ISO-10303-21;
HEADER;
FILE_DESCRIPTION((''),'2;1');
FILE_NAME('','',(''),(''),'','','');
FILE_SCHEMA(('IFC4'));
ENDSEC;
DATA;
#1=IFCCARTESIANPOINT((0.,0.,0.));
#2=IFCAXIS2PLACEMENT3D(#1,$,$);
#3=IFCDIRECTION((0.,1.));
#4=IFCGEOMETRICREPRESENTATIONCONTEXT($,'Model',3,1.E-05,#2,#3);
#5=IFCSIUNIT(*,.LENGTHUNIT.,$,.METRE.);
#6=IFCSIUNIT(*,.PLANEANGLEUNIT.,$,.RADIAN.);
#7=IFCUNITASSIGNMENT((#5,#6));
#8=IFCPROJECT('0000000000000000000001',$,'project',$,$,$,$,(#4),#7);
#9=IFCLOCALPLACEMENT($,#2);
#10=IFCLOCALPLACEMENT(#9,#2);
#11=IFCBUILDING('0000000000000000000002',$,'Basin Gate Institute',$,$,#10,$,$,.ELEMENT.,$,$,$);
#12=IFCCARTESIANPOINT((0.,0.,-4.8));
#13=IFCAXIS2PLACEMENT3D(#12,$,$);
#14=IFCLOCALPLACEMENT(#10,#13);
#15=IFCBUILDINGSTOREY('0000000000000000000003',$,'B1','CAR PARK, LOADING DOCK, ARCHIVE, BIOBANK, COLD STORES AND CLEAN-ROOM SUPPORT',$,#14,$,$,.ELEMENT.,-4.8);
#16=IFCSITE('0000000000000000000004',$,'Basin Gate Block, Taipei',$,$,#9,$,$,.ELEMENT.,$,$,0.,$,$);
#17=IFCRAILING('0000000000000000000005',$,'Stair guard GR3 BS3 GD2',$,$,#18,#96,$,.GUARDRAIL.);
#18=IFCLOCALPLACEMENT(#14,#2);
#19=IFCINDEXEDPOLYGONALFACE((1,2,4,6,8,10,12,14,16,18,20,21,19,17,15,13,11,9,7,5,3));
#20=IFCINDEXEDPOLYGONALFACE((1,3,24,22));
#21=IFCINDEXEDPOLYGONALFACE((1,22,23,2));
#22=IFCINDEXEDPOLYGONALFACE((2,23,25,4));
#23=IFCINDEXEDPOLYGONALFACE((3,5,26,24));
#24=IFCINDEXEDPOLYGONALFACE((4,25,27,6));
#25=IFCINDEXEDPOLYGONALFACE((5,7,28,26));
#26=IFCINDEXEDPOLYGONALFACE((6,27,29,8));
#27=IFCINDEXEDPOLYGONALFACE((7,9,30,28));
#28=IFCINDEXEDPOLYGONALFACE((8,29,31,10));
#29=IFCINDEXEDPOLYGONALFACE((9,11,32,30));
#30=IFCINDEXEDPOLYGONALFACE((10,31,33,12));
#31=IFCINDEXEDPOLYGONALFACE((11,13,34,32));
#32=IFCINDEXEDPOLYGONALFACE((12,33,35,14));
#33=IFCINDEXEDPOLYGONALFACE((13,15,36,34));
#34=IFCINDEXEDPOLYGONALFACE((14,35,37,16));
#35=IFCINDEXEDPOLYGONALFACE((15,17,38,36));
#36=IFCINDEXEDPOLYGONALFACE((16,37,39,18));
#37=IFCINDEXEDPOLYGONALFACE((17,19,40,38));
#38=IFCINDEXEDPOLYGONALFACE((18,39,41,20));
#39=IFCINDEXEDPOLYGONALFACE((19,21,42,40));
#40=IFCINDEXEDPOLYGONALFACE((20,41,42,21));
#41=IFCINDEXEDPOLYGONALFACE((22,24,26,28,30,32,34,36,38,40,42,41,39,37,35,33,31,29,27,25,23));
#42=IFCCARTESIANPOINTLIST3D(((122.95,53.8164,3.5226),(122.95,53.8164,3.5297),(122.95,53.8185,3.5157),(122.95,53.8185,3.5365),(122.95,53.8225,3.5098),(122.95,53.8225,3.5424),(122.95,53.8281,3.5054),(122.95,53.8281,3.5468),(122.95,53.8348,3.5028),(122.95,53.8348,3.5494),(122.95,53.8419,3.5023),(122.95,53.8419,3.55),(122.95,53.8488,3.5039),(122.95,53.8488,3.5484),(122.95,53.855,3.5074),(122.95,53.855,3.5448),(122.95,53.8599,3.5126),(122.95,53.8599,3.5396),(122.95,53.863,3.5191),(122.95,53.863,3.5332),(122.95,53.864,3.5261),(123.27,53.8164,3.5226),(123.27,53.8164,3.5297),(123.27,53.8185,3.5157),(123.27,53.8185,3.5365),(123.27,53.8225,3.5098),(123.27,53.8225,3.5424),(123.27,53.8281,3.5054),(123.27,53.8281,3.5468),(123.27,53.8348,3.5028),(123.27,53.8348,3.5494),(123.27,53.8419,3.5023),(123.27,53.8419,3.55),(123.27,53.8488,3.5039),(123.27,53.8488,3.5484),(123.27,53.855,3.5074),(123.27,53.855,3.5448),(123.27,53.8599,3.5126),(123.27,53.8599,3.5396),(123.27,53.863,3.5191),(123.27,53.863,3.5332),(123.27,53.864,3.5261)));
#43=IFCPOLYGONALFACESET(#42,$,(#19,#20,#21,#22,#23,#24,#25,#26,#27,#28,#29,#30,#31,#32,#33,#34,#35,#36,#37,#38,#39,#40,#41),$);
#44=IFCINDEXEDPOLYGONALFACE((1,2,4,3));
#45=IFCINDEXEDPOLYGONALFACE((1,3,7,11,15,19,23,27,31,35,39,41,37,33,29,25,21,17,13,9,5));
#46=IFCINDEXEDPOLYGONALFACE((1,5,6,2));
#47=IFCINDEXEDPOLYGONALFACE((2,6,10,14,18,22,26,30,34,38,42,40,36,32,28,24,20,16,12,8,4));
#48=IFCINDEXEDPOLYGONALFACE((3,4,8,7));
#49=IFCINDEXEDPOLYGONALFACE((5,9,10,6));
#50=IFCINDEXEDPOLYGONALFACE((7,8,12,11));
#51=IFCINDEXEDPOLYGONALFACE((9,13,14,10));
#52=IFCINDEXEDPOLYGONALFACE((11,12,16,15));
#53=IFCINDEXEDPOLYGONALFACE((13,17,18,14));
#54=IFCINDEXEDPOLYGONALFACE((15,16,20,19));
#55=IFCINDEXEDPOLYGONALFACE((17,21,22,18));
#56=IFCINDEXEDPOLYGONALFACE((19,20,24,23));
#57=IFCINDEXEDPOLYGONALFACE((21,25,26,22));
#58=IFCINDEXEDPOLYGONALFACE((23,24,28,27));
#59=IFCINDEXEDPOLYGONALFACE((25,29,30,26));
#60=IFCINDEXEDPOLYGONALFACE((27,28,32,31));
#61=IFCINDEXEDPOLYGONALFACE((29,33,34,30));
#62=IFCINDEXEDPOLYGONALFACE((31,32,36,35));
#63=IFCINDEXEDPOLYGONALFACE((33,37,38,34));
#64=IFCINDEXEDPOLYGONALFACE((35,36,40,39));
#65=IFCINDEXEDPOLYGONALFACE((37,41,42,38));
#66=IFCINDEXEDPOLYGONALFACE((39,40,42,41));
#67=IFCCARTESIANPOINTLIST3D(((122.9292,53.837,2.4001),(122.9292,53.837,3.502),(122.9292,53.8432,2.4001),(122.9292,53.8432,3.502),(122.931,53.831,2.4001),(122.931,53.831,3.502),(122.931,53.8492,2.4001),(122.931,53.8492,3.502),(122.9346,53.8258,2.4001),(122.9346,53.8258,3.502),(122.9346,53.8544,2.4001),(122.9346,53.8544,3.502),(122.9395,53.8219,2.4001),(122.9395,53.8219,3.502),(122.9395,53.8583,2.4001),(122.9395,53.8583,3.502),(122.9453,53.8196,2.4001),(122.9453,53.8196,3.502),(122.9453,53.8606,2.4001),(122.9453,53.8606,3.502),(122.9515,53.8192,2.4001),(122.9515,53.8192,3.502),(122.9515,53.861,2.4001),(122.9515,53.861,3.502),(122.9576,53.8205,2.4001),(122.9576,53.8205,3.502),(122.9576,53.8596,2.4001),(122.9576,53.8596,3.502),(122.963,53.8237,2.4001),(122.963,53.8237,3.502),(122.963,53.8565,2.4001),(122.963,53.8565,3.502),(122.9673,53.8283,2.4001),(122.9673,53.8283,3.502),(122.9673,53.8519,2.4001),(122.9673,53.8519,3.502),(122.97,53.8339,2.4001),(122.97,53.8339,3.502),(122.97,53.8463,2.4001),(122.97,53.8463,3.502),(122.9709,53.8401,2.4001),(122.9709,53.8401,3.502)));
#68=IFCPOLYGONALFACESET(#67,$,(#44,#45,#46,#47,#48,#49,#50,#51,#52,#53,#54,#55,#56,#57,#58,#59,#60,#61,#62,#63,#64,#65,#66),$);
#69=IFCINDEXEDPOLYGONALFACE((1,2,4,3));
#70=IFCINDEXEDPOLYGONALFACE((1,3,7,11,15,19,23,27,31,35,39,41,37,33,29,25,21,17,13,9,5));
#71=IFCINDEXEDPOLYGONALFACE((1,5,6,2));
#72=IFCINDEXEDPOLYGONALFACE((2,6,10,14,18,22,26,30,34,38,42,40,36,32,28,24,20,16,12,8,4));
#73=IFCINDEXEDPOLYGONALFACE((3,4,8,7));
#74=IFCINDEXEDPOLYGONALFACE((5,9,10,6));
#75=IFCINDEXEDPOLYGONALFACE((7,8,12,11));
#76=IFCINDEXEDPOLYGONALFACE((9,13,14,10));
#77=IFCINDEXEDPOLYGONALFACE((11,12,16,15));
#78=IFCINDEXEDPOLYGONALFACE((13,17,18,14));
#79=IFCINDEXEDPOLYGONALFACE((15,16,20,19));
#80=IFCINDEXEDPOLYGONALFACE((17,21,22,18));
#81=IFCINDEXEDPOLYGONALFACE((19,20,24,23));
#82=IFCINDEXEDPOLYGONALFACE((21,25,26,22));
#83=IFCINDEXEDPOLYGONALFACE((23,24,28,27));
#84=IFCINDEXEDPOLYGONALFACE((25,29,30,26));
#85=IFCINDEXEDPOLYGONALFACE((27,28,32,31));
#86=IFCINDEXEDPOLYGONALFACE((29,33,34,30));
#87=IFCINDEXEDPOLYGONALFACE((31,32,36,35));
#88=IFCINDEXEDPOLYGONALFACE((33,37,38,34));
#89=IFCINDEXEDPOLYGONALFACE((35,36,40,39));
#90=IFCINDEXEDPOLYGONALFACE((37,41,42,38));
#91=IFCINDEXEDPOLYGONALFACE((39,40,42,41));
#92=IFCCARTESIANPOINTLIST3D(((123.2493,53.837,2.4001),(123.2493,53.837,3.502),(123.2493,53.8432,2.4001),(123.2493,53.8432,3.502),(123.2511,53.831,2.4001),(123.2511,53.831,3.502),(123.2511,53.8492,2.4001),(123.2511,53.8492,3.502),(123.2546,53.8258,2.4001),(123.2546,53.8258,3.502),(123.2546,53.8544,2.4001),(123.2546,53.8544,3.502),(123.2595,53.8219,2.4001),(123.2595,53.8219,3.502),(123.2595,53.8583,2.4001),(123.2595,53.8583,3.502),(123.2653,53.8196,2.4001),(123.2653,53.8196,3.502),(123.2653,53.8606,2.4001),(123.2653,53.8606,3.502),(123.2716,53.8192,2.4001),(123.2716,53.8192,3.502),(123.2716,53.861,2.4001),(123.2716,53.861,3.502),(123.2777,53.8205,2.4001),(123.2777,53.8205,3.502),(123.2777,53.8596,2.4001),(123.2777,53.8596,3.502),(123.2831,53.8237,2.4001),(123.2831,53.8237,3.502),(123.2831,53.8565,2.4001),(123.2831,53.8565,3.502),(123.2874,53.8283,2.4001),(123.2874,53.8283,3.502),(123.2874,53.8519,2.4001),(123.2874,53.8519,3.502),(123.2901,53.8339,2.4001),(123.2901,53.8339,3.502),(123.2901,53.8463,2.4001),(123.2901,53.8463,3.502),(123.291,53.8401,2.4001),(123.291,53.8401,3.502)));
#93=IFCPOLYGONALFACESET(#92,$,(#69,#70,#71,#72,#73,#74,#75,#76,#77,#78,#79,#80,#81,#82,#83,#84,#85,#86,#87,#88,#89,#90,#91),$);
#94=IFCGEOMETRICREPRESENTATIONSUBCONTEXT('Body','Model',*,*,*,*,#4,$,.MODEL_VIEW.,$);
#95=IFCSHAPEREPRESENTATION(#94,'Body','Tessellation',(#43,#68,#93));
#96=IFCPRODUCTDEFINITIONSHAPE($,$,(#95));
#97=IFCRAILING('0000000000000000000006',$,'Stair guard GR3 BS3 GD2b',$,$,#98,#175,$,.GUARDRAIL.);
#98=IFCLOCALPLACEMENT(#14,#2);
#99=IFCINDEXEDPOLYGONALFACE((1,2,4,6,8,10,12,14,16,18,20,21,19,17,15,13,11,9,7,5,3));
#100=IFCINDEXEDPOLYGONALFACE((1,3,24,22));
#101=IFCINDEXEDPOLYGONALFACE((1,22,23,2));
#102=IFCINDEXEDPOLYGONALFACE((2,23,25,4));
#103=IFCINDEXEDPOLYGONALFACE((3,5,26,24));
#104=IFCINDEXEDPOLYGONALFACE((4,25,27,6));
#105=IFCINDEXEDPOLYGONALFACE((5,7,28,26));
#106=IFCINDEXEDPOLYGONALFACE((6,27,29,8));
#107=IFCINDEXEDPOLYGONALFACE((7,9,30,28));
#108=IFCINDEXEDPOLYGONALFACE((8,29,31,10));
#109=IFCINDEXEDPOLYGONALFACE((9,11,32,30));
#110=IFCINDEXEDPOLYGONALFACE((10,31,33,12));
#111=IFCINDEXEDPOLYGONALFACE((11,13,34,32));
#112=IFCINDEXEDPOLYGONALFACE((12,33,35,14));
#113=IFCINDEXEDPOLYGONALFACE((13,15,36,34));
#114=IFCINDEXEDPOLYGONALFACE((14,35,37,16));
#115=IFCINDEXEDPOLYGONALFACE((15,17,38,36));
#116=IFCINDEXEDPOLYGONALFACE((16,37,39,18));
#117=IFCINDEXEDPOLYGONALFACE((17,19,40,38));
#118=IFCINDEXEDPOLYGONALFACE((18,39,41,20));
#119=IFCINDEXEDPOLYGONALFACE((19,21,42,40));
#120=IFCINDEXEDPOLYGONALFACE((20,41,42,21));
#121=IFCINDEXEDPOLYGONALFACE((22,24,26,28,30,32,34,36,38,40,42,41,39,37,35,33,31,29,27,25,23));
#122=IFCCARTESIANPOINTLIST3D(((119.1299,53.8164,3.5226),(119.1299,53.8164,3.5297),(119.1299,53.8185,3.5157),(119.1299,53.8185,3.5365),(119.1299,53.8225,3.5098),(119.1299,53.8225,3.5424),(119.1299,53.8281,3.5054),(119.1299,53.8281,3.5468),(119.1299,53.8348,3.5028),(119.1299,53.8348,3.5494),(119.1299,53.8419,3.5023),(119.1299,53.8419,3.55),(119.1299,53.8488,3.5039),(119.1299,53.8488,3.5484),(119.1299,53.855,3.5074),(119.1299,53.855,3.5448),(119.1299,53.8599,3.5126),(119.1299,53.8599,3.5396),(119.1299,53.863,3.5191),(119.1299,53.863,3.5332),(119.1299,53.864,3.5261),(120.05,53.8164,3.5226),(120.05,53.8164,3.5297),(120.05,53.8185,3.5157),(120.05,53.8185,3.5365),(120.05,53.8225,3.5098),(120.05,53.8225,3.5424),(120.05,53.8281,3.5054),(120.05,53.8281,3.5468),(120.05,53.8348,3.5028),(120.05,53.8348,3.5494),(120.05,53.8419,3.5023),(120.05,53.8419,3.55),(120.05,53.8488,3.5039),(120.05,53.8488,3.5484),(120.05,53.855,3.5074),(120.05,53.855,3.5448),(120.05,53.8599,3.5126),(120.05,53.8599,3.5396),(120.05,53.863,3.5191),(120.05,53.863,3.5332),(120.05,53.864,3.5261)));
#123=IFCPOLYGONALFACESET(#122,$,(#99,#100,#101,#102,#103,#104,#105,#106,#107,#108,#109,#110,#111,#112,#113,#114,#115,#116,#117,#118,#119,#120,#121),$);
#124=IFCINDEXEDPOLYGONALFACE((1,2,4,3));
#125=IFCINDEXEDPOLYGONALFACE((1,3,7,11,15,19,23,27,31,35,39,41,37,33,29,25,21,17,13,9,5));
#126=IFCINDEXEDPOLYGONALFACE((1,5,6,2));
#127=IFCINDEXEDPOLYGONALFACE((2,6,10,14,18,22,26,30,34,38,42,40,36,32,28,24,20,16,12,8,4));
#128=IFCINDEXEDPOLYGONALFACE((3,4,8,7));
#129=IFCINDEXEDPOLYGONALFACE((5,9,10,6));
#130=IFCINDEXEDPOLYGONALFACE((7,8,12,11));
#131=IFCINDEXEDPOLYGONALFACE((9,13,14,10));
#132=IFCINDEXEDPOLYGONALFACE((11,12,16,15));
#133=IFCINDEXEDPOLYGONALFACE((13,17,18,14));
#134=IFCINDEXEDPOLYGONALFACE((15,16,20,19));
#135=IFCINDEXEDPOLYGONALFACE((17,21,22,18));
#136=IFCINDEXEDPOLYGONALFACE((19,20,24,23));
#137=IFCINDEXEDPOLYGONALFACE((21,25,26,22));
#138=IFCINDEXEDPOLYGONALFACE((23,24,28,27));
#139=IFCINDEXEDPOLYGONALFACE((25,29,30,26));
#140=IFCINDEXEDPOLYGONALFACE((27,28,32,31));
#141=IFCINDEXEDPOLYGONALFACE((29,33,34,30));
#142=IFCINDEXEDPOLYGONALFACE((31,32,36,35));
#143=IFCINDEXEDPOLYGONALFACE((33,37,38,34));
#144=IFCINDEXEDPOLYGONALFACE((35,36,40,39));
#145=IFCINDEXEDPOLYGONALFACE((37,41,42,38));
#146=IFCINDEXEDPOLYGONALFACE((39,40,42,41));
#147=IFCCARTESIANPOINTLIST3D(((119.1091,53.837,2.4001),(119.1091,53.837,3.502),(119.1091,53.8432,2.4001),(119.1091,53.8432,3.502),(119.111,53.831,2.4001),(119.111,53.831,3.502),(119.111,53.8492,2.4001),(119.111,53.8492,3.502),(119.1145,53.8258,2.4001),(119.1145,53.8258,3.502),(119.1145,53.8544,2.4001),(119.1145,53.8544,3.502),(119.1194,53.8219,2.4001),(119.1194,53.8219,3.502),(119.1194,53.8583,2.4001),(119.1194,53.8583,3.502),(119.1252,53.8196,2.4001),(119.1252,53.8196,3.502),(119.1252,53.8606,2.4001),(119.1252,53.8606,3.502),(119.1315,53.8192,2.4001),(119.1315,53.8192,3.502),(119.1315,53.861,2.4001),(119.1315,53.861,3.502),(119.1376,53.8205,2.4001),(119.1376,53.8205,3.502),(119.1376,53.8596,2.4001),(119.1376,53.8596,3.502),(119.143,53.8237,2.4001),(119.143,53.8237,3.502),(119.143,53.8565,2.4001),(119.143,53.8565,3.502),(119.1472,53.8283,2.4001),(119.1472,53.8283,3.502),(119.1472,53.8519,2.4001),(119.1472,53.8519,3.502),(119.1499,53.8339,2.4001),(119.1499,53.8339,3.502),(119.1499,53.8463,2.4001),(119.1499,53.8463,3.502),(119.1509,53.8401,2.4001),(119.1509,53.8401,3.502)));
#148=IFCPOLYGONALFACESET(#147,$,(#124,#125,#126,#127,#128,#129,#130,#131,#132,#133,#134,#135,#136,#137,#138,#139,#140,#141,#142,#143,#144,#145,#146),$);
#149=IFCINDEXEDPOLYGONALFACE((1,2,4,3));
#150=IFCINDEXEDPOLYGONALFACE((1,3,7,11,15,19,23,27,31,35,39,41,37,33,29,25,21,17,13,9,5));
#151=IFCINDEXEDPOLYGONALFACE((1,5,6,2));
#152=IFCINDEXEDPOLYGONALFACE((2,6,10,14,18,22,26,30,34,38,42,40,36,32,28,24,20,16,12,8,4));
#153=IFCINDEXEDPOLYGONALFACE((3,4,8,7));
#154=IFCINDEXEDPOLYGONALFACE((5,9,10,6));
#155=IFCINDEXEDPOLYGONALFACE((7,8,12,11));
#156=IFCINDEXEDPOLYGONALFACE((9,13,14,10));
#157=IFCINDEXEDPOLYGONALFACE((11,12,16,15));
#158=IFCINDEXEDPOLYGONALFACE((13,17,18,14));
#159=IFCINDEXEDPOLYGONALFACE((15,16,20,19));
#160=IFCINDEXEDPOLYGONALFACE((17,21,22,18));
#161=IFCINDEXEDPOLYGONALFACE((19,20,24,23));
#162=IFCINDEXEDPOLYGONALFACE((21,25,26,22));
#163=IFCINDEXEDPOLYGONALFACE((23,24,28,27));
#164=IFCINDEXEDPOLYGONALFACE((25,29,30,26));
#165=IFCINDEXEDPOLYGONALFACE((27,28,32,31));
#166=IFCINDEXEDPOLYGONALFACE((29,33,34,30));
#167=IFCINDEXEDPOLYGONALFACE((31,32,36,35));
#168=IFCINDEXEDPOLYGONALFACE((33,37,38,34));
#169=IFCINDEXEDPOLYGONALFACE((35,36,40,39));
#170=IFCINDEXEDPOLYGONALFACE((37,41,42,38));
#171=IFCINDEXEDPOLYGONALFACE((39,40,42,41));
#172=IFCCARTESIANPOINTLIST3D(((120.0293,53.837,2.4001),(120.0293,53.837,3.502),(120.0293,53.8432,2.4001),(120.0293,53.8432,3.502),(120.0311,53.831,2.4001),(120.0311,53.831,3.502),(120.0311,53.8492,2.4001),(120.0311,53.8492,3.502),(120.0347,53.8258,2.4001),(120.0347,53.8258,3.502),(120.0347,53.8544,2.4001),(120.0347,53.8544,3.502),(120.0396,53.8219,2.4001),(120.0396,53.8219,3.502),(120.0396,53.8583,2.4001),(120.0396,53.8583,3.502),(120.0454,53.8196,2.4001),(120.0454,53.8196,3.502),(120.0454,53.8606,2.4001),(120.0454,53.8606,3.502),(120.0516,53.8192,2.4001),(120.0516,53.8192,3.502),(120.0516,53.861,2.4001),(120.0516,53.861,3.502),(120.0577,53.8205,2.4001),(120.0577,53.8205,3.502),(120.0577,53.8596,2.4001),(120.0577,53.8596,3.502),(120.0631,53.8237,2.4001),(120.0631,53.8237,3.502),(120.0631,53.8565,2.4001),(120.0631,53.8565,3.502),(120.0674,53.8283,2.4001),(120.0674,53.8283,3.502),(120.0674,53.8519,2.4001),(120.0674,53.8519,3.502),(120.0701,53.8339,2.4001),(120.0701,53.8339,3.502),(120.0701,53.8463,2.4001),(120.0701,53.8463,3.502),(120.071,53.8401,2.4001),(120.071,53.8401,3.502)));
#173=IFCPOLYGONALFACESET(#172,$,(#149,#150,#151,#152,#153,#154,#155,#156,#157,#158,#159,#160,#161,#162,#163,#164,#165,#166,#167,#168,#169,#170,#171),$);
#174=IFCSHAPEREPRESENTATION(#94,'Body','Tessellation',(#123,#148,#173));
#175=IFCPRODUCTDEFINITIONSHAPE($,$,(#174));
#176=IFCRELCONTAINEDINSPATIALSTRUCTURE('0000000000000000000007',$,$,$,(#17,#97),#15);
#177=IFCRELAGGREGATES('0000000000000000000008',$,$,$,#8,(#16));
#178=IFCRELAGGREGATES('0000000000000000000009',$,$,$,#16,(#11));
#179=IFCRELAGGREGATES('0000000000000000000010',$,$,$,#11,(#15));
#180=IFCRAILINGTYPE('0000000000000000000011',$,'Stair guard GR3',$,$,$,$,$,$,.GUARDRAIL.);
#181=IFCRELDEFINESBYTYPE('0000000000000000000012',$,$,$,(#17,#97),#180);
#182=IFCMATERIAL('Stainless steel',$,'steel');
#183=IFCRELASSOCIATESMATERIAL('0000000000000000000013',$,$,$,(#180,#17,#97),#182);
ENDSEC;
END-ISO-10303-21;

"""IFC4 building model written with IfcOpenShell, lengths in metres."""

from ifc_helpers import new_model, si_unit, direction, frame, origin, origin_2d, place, context, subcontext, project, spatial, circle, extrude, material, type_object, element, save


model = new_model("IFC4")

# Units and contexts
model_context = context("Model", 3, precision=1e-05, world=origin(), true_north=direction((0.0, 1.0)))
body_context = subcontext(model_context, "Body", "Model", "MODEL_VIEW")
ifc_project = project(units=[si_unit("LENGTHUNIT", "METRE"), si_unit("PLANEANGLEUNIT", "RADIAN")], contexts=[model_context])

# Site, building, storey
site_placement = place(None, origin())
site = spatial("IfcSite", under=ifc_project, at=site_placement, Name="Basin Gate Block, Taipei", CompositionType="ELEMENT", RefElevation=0.0)
building_placement = place(site_placement, origin())
building = spatial("IfcBuilding", under=site, at=building_placement, Name="Basin Gate Institute", CompositionType="ELEMENT")
storey_placement = place(building_placement, frame((0.0, 0.0, -4.8)))
storey = spatial("IfcBuildingStorey", under=building, at=storey_placement, Name="B1", Description="CAR PARK, LOADING DOCK, ARCHIVE, BIOBANK, COLD STORES AND CLEAN-ROOM SUPPORT", CompositionType="ELEMENT", Elevation=-4.8)

# Railings
ifc_material_1 = material(Name="Stainless steel", Category="steel")
railing_type_1 = type_object("IfcRailingType", Name="Stair guard GR3", PredefinedType="GUARDRAIL", material=ifc_material_1)
railing_1_placement = place(storey_placement, frame((122.95, 53.8401, 2.4001)))
element("IfcRailing", 1, at=railing_1_placement, inside=storey, type_object=railing_type_1, material=ifc_material_1, Name="Stair guard GR3 BS3 GD2", PredefinedType="GUARDRAIL", context=body_context, shape_type="SweptSolid", body=[
    extrude(circle(Radius=0.0239, at=origin_2d()), frame((0.0, 0.0, 1.126), z_axis=(1.0, 0.0, 0.0), x_axis=(0.0, 1.0, 0.0)), (0.0, 0.0, 1.0), 0.3201),
    extrude(circle(Radius=0.021, at=origin_2d()), origin(), (0.0, 0.0, 1.0), 1.1018),
    extrude(circle(Radius=0.021, at=origin_2d()), frame((0.3201, 0.0, 0.0)), (0.0, 0.0, 1.0), 1.1018),
])
railing_2_placement = place(storey_placement, frame((119.1299, 53.8401, 2.4001)))
element("IfcRailing", 2, at=railing_2_placement, inside=storey, type_object=railing_type_1, material=ifc_material_1, Name="Stair guard GR3 BS3 GD2b", PredefinedType="GUARDRAIL", context=body_context, shape_type="SweptSolid", body=[
    extrude(circle(Radius=0.0239, at=origin_2d()), frame((0.0, 0.0, 1.126), z_axis=(1.0, 0.0, 0.0), x_axis=(0.0, 1.0, 0.0)), (0.0, 0.0, 1.0), 0.9202),
    extrude(circle(Radius=0.021, at=origin_2d()), origin(), (0.0, 0.0, 1.0), 1.1018),
    extrude(circle(Radius=0.021, at=origin_2d()), frame((0.9202, 0.0, 0.0)), (0.0, 0.0, 1.0), 1.1018),
])

save(model, "model.ifc")
